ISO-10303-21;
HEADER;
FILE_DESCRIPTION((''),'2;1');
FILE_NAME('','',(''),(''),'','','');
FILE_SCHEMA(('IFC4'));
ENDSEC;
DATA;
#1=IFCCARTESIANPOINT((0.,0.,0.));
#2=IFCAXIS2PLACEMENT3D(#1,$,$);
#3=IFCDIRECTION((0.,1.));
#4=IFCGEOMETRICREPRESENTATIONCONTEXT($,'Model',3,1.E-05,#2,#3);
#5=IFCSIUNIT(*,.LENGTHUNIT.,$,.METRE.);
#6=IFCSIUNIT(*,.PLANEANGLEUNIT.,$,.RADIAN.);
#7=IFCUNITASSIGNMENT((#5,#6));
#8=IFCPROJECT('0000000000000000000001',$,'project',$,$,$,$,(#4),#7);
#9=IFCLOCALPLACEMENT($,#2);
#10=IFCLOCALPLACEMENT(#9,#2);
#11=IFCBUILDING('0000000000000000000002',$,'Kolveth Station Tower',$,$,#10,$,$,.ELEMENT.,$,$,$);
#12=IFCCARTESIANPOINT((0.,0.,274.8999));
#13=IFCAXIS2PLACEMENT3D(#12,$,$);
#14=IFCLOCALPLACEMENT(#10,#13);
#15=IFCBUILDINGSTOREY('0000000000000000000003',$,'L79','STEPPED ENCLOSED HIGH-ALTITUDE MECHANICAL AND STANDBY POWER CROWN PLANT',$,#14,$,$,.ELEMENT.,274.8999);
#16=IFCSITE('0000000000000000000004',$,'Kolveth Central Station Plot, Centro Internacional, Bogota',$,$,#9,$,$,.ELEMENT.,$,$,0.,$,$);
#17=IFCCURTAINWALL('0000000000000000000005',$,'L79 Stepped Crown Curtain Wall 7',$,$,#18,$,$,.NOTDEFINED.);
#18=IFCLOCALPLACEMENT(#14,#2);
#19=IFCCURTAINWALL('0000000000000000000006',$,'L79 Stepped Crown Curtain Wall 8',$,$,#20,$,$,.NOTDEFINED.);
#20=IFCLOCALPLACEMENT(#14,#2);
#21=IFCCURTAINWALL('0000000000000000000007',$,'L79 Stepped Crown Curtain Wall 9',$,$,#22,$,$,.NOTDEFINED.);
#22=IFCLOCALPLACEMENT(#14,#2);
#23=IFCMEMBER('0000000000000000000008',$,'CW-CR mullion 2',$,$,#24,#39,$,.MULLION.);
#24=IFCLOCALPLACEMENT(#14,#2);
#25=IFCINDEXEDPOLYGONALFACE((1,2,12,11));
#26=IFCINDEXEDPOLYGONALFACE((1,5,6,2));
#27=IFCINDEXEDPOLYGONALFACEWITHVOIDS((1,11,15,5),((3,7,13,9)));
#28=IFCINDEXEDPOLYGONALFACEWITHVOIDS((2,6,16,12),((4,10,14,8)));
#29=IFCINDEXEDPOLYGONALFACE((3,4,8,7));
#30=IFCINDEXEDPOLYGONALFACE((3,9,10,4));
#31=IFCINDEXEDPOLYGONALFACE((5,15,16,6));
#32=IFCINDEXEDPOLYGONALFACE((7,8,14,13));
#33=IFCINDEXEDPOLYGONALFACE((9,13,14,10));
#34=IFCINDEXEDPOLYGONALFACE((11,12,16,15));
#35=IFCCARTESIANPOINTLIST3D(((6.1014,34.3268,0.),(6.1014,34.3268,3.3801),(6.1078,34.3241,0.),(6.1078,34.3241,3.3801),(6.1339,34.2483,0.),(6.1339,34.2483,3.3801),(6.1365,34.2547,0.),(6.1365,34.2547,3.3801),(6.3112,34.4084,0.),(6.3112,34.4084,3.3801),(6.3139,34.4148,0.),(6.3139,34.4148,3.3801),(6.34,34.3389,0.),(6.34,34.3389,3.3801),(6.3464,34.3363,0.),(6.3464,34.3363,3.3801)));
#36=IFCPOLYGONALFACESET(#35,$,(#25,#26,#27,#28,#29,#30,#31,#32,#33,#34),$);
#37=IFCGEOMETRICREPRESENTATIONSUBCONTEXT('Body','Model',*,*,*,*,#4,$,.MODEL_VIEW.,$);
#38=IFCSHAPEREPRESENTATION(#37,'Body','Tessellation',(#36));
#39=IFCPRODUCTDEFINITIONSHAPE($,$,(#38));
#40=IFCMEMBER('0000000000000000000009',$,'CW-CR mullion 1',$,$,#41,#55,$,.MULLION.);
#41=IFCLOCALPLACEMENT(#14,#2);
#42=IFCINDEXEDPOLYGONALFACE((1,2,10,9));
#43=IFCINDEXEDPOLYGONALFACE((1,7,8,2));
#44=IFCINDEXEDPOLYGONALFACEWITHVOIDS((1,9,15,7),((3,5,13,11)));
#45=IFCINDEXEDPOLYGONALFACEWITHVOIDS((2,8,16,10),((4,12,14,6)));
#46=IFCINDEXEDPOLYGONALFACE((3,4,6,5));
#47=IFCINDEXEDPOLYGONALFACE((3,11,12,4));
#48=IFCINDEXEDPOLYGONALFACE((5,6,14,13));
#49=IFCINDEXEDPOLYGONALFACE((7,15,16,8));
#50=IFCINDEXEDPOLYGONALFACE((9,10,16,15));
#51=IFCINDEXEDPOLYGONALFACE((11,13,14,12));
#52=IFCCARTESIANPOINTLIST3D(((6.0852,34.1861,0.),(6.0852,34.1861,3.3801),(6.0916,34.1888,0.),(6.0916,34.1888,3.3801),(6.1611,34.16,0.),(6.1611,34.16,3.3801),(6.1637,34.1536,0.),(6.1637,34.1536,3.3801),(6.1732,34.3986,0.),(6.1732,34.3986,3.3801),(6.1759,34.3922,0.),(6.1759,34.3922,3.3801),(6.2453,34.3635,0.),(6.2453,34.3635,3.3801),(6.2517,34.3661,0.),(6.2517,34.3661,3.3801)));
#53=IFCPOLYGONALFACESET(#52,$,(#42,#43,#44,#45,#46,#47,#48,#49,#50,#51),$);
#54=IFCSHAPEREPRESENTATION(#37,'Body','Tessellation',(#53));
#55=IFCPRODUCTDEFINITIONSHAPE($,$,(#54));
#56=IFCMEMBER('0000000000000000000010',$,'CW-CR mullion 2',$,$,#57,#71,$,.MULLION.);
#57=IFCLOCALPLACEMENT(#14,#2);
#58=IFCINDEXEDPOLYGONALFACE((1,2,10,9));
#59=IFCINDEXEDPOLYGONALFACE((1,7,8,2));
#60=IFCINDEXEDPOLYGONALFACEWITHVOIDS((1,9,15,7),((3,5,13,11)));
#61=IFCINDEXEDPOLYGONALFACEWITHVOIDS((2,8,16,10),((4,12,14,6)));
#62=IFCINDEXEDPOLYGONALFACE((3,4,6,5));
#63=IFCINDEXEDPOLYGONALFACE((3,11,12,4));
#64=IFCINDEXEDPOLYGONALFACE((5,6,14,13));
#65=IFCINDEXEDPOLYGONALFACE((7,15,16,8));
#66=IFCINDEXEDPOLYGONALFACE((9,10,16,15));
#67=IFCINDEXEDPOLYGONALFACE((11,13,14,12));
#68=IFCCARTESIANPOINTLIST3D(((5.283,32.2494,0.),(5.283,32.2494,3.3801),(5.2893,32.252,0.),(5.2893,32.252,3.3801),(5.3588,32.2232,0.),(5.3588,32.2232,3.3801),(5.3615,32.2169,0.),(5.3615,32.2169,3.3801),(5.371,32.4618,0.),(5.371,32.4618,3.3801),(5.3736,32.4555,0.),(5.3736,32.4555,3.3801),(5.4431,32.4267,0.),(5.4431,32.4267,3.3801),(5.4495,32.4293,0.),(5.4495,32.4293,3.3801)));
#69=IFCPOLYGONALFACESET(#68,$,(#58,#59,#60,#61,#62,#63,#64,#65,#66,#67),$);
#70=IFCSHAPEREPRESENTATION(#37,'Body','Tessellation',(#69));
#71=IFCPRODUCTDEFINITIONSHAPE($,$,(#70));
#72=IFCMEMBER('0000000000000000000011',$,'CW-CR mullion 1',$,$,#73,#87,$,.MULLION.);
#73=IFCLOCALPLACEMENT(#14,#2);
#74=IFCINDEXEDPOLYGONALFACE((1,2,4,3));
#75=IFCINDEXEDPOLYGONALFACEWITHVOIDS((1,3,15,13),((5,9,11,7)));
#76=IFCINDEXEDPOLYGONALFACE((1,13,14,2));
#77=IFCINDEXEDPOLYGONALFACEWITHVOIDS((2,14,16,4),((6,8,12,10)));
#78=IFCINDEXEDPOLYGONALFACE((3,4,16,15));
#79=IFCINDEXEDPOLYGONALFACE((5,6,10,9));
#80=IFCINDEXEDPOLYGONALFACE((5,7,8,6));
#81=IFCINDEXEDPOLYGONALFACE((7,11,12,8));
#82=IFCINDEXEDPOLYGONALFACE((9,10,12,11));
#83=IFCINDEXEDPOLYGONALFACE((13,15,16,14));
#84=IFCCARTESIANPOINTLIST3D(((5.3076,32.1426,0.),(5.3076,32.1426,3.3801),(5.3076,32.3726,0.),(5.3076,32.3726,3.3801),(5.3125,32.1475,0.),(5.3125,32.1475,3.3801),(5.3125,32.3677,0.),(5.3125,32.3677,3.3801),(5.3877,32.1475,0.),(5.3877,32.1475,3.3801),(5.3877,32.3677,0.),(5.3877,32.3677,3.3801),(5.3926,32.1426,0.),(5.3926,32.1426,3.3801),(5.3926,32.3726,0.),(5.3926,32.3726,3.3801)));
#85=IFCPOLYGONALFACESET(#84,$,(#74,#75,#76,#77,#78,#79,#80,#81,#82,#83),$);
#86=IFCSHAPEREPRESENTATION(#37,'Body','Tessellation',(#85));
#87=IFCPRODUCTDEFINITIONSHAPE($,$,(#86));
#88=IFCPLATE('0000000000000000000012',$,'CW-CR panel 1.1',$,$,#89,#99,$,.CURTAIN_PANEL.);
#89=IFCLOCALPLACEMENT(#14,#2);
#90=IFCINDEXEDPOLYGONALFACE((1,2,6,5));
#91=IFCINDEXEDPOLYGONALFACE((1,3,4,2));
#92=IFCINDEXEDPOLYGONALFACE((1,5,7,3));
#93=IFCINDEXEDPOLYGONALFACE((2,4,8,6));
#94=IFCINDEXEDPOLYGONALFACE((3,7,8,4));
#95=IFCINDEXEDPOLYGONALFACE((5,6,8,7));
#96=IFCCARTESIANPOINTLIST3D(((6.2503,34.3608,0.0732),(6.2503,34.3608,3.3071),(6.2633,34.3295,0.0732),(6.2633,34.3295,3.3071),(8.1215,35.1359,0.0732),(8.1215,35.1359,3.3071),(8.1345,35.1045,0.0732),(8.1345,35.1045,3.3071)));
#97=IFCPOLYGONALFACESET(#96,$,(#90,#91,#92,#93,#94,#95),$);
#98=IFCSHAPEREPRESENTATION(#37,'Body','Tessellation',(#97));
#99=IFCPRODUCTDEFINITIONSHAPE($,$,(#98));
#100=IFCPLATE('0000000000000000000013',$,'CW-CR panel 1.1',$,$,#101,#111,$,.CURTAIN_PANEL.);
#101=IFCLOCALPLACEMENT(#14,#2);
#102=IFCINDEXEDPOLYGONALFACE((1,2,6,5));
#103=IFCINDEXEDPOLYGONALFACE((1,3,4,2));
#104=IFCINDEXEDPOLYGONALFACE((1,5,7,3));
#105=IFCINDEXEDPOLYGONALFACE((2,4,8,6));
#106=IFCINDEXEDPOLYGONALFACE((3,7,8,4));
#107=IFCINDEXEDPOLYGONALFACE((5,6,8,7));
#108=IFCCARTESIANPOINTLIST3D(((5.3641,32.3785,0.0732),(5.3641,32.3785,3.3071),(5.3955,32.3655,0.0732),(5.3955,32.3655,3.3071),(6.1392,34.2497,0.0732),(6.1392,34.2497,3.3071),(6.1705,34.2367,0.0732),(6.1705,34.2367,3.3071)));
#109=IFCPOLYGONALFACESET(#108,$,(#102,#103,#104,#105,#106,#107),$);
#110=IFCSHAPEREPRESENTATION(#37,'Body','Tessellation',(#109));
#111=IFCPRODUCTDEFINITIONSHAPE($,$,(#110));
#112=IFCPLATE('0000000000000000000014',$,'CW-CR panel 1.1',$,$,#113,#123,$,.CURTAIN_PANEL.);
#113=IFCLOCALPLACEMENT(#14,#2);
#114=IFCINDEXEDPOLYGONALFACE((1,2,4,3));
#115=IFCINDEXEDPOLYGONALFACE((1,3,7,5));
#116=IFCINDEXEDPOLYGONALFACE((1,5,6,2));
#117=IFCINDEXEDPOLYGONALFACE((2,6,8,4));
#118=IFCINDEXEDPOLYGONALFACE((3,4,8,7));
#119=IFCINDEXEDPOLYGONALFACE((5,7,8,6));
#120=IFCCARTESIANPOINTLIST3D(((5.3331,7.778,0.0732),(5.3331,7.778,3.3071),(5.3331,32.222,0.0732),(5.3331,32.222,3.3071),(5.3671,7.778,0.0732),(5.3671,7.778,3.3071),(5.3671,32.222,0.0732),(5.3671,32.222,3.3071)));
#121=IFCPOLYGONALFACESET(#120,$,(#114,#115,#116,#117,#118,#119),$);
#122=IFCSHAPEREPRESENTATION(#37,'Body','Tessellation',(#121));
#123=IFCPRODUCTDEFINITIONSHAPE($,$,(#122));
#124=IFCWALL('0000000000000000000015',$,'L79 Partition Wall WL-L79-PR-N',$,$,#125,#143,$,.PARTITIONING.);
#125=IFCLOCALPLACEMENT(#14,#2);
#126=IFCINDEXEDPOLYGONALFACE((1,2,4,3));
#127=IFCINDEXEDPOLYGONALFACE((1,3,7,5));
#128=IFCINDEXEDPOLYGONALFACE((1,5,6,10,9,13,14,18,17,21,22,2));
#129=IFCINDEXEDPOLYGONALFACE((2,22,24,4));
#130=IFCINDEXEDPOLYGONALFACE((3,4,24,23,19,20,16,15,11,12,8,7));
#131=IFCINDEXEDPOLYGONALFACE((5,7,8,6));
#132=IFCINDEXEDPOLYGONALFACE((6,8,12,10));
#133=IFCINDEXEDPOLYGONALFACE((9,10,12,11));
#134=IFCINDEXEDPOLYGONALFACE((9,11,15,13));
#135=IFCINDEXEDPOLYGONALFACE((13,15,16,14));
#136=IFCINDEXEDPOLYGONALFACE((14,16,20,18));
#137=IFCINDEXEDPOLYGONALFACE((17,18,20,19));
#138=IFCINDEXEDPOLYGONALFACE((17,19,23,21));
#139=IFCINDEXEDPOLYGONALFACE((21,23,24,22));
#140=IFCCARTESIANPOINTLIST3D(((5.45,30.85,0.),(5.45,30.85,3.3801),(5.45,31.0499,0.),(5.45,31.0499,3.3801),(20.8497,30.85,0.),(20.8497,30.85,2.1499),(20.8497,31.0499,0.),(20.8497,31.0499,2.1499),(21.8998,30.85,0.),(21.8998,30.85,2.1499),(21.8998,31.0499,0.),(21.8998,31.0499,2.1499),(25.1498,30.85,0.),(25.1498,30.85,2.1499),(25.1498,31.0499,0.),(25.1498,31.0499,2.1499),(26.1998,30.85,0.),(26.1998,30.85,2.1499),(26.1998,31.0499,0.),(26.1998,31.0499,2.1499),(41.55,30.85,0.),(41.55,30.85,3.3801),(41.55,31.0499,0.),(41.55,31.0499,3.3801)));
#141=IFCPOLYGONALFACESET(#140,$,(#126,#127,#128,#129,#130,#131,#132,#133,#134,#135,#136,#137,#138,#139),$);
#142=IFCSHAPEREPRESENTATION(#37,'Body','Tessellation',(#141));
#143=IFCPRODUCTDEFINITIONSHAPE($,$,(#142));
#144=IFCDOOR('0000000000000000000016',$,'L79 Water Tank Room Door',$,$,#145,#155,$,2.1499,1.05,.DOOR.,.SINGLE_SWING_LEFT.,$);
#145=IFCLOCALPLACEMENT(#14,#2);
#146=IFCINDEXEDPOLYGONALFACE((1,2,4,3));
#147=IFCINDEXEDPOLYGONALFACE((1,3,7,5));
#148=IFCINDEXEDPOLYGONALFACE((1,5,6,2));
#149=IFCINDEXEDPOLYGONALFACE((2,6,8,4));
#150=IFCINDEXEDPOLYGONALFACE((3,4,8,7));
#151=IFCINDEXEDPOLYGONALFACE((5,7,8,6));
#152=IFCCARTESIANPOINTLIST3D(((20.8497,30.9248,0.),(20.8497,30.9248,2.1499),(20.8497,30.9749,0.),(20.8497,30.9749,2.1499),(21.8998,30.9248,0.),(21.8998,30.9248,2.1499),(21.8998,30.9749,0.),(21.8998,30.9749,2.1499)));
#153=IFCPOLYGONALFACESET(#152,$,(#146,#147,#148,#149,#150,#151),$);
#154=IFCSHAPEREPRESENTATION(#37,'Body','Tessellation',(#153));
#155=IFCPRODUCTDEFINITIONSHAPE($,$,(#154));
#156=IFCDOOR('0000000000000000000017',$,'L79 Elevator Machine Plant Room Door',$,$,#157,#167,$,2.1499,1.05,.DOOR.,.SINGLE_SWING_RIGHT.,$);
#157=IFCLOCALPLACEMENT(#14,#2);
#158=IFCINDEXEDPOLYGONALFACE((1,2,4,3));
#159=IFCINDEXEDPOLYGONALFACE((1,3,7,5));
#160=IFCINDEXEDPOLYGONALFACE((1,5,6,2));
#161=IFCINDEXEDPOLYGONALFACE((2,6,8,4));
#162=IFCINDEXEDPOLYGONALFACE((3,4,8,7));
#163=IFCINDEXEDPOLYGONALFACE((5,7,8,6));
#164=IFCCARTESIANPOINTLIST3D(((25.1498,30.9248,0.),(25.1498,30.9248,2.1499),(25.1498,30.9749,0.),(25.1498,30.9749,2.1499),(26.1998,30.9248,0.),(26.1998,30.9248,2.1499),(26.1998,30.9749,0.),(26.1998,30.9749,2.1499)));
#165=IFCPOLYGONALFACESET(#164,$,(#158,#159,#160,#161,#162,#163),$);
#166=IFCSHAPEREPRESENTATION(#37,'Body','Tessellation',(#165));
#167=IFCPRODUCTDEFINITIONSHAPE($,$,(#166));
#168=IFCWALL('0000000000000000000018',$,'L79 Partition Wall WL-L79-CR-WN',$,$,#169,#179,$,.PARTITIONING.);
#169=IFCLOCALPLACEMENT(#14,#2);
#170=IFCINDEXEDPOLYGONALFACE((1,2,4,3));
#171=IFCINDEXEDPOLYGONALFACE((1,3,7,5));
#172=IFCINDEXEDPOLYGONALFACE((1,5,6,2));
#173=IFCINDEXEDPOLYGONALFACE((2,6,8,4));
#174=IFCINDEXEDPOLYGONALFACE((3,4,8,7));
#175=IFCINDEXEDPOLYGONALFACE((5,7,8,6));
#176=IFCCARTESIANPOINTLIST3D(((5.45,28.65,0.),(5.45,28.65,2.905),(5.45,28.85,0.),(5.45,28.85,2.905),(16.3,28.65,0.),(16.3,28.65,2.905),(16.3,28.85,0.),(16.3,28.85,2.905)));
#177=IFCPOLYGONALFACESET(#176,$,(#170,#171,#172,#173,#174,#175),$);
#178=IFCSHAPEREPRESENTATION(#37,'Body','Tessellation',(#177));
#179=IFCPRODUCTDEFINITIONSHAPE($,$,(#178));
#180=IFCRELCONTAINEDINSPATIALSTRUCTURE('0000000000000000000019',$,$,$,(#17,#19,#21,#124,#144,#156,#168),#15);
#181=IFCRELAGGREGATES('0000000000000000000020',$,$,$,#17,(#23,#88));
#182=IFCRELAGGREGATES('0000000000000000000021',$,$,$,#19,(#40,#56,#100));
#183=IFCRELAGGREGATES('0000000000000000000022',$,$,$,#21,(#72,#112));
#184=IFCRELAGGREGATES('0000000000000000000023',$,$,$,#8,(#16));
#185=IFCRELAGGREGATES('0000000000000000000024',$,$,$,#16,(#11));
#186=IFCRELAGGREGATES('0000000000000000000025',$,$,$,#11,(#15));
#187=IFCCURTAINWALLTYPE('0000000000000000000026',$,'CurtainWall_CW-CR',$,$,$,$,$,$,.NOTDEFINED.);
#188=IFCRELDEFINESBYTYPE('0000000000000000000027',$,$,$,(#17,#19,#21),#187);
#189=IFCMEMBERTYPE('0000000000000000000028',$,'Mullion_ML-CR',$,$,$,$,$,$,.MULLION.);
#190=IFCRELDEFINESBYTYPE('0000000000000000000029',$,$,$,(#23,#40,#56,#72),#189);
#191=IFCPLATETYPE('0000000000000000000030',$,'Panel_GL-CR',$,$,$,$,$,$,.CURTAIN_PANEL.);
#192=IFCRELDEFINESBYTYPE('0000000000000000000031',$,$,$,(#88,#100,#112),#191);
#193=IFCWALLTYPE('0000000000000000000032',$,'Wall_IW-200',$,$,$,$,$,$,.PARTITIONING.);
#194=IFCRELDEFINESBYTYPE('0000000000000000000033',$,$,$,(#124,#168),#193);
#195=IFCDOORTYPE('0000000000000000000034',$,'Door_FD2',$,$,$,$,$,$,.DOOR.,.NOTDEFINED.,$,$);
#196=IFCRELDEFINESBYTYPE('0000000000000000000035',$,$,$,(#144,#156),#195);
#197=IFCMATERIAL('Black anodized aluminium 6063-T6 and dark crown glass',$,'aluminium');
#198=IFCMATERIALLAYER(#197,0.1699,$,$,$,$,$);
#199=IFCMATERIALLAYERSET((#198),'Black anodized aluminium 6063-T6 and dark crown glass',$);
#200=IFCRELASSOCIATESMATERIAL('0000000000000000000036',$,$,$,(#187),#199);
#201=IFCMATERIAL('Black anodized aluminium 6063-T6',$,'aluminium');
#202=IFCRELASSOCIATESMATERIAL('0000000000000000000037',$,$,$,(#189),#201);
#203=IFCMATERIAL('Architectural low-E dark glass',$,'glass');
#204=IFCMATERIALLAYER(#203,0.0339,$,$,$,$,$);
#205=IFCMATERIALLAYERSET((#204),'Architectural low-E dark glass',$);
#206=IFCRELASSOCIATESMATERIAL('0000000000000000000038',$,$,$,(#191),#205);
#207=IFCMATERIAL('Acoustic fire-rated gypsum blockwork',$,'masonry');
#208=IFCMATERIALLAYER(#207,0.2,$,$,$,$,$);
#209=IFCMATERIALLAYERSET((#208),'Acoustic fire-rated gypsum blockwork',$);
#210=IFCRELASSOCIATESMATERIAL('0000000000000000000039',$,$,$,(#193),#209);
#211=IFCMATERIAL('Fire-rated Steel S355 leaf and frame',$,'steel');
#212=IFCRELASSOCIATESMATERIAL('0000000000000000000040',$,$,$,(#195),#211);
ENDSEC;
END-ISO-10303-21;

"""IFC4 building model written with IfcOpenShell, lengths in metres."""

from ifc_helpers import new_model, si_unit, direction, frame, frame_2d, origin, origin_2d, place, context, subcontext, project, spatial, rectangle, hollow_rectangle, extrude, source, transform, mapped, material, layer, layer_set, material_profile, profile_set, type_object, element, fill, aggregate, save


model = new_model("IFC4")

# Units and contexts
model_context = context("Model", 3, precision=1e-05, world=origin(), true_north=direction((0.0, 1.0)))
body_context = subcontext(model_context, "Body", "Model", "MODEL_VIEW")
ifc_project = project(units=[si_unit("LENGTHUNIT", "METRE"), si_unit("PLANEANGLEUNIT", "RADIAN")], contexts=[model_context])

# Site, building, storey
site_placement = place(None, origin())
site = spatial("IfcSite", under=ifc_project, at=site_placement, Name="Kolveth Central Station Plot, Centro Internacional, Bogota", CompositionType="ELEMENT", RefElevation=0.0)
building_placement = place(site_placement, origin())
building = spatial("IfcBuilding", under=site, at=building_placement, Name="Kolveth Station Tower", CompositionType="ELEMENT")
storey_placement = place(building_placement, frame((0.0, 0.0, 274.8999)))
storey = spatial("IfcBuildingStorey", under=building, at=storey_placement, Name="L79", Description="STEPPED ENCLOSED HIGH-ALTITUDE MECHANICAL AND STANDBY POWER CROWN PLANT", CompositionType="ELEMENT", Elevation=274.8999)

# Curtain walls
ifc_material_1 = material(Name="Black anodized aluminium 6063-T6 and dark crown glass", Category="aluminium")
ifc_layer_1 = layer(ifc_material_1, 0.1699)
ifc_layer_set_1 = layer_set([ifc_layer_1], Name="Black anodized aluminium 6063-T6 and dark crown glass")
curtain_wall_type = type_object("IfcCurtainWallType", Name="CurtainWall_CW-CR", PredefinedType="NOTDEFINED", material=ifc_layer_set_1)
curtain_wall_1_placement = place(storey_placement, origin())
curtain_wall_1 = element("IfcCurtainWall", 1, at=curtain_wall_1_placement, inside=storey, type_object=curtain_wall_type, Name="L79 Stepped Crown Curtain Wall 7", PredefinedType="NOTDEFINED")
ifc_material_2 = material(Name="Black anodized aluminium 6063-T6", Category="aluminium")
curtain_wall_2_placement = place(storey_placement, origin())
curtain_wall_2 = element("IfcCurtainWall", 2, at=curtain_wall_2_placement, inside=storey, type_object=curtain_wall_type, Name="L79 Stepped Crown Curtain Wall 8", PredefinedType="NOTDEFINED")
curtain_wall_3_placement = place(storey_placement, origin())
curtain_wall_3 = element("IfcCurtainWall", 3, at=curtain_wall_3_placement, inside=storey, type_object=curtain_wall_type, Name="L79 Stepped Crown Curtain Wall 9", PredefinedType="NOTDEFINED")

# Shared definitions
ifc_material_profile_1 = material_profile(ifc_material_2, hollow_rectangle(XDim=0.085, YDim=0.23, WallThickness=0.0049, at=origin_2d()), Name="ALU-85x230x5")
ifc_profile_set_1 = profile_set([ifc_material_profile_1], Name="Black anodized aluminium 6063-T6")
member_type_1 = type_object("IfcMemberType", Name="Mullion_ML-CR", PredefinedType="MULLION", material=ifc_profile_set_1)
shared_shape_1 = source(origin(), body_context, "Body", "SweptSolid", [
    extrude(hollow_rectangle(XDim=0.085, YDim=0.23, WallThickness=0.0049, at=origin_2d()), origin(), (0.0, 0.0, 1.0), 3.3801),
])

# Members
member_1_placement = place(storey_placement, frame((6.2239, 34.3315, 0.0), z_axis=(0.0, 0.0, 1.0), x_axis=(0.382658, -0.92389, 0.0)))
member_1 = element("IfcMember", 4, at=member_1_placement, type_object=member_type_1, Name="CW-CR mullion 2", PredefinedType="MULLION", context=body_context, shape_type="MappedRepresentation", body=[
    mapped(shared_shape_1, transform((0.0, 0.0, 0.0), x_axis=(1.0, 0.0, 0.0), y_axis=(0.0, 1.0, 0.0), z_axis=(0.0, 0.0, 1.0), scale=1.0)),
])
member_2_placement = place(storey_placement, frame((6.1685, 34.2761, 0.0), z_axis=(0.0, 0.0, 1.0), x_axis=(0.92389, -0.382658, 0.0)))
member_2 = element("IfcMember", 5, at=member_2_placement, type_object=member_type_1, Name="CW-CR mullion 1", PredefinedType="MULLION", context=body_context, shape_type="MappedRepresentation", body=[
    mapped(shared_shape_1, transform((0.0, 0.0, 0.0), x_axis=(1.0, 0.0, 0.0), y_axis=(0.0, 1.0, 0.0), z_axis=(0.0, 0.0, 1.0), scale=1.0)),
])
member_3_placement = place(storey_placement, frame((5.3662, 32.3394, 0.0), z_axis=(0.0, 0.0, 1.0), x_axis=(0.92389, -0.382658, 0.0)))
member_3 = element("IfcMember", 6, at=member_3_placement, type_object=member_type_1, Name="CW-CR mullion 2", PredefinedType="MULLION", context=body_context, shape_type="MappedRepresentation", body=[
    mapped(shared_shape_1, transform((0.0, 0.0, 0.0), x_axis=(1.0, 0.0, 0.0), y_axis=(0.0, 1.0, 0.0), z_axis=(0.0, 0.0, 1.0), scale=1.0)),
])
member_4_placement = place(storey_placement, frame((5.3501, 32.2576, 0.0), z_axis=(0.0, 0.0, 1.0), x_axis=(1.0, 0.0, 0.0)))
member_4 = element("IfcMember", 7, at=member_4_placement, type_object=member_type_1, Name="CW-CR mullion 1", PredefinedType="MULLION", context=body_context, shape_type="MappedRepresentation", body=[
    mapped(shared_shape_1, transform((0.0, 0.0, 0.0), x_axis=(1.0, 0.0, 0.0), y_axis=(0.0, 1.0, 0.0), z_axis=(0.0, 0.0, 1.0), scale=1.0)),
])

# Plates
ifc_material_3 = material(Name="Architectural low-E dark glass", Category="glass")
ifc_layer_2 = layer(ifc_material_3, 0.0339)
ifc_layer_set_2 = layer_set([ifc_layer_2], Name="Architectural low-E dark glass")
plate_type = type_object("IfcPlateType", Name="Panel_GL-CR", PredefinedType="CURTAIN_PANEL", material=ifc_layer_set_2)
shared_shape_2 = source(origin(), body_context, "Body", "SweptSolid", [
    extrude(rectangle(XDim=2.0254, YDim=0.0339, at=origin_2d()), origin(), (0.0, 0.0, 1.0), 3.2339),
])
plate_1_placement = place(storey_placement, frame((7.1924, 34.7327, 0.0732), z_axis=(0.0, 0.0, 1.0), x_axis=(-0.92389, -0.382658, 0.0)))
plate_1 = element("IfcPlate", 8, at=plate_1_placement, type_object=plate_type, Name="CW-CR panel 1.1", PredefinedType="CURTAIN_PANEL", context=body_context, shape_type="MappedRepresentation", body=[
    mapped(shared_shape_2, transform((0.0, 0.0, 0.0), x_axis=(1.0, 0.0, 0.0), y_axis=(0.0, 1.0, 0.0), z_axis=(0.0, 0.0, 1.0), scale=1.0)),
])
aggregate(curtain_wall_1, [member_1, plate_1])
plate_2_placement = place(storey_placement, frame((5.7673, 33.3076, 0.0732), z_axis=(0.0, 0.0, 1.0), x_axis=(-0.382658, -0.92389, 0.0)))
plate_2 = element("IfcPlate", 9, at=plate_2_placement, type_object=plate_type, Name="CW-CR panel 1.1", PredefinedType="CURTAIN_PANEL", context=body_context, shape_type="MappedRepresentation", body=[
    mapped(shared_shape_2, transform((0.0, 0.0, 0.0), x_axis=(1.0, 0.0, 0.0), y_axis=(0.0, 1.0, 0.0), z_axis=(0.0, 0.0, 1.0), scale=1.0)),
])
aggregate(curtain_wall_2, [member_2, member_3, plate_2])
shared_shape_3 = source(origin(), body_context, "Body", "SweptSolid", [
    extrude(rectangle(XDim=24.4441, YDim=0.0339, at=origin_2d()), origin(), (0.0, 0.0, 1.0), 3.2339),
])
plate_3_placement = place(storey_placement, frame((5.3501, 20.0, 0.0732), z_axis=(0.0, 0.0, 1.0), x_axis=(0.0, -1.0, 0.0)))
plate_3 = element("IfcPlate", 10, at=plate_3_placement, type_object=plate_type, Name="CW-CR panel 1.1", PredefinedType="CURTAIN_PANEL", context=body_context, shape_type="MappedRepresentation", body=[
    mapped(shared_shape_3, transform((0.0, 0.0, 0.0), x_axis=(1.0, 0.0, 0.0), y_axis=(0.0, 1.0, 0.0), z_axis=(0.0, 0.0, 1.0), scale=1.0)),
])
aggregate(curtain_wall_3, [member_4, plate_3])

# Wall, openings, doors
ifc_material_4 = material(Name="Acoustic fire-rated gypsum blockwork", Category="masonry")
ifc_layer_3 = layer(ifc_material_4, 0.2)
ifc_layer_set_3 = layer_set([ifc_layer_3], Name="Acoustic fire-rated gypsum blockwork")
wall_type = type_object("IfcWallType", Name="Wall_IW-200", PredefinedType="PARTITIONING", material=ifc_layer_set_3)
wall_1_placement = place(storey_placement, frame((5.45, 30.95, 0.0), z_axis=(0.0, 0.0, 1.0), x_axis=(1.0, 0.0, 0.0)))
wall_1 = element("IfcWall", 11, at=wall_1_placement, inside=storey, type_object=wall_type, Name="L79 Partition Wall WL-L79-PR-N", PredefinedType="PARTITIONING", context=body_context, shape_type="SweptSolid", body=[
    extrude(rectangle(XDim=36.1001, YDim=0.2, at=frame_2d((18.05, 0.0))), origin(), (0.0, 0.0, 1.0), 3.3801),
])
opening_1_placement = place(wall_1_placement, frame((15.3999, 0.0, 0.0)))
opening_1 = element("IfcOpeningElement", 12, at=opening_1_placement, cuts=wall_1, PredefinedType="OPENING", context=body_context, shape_type="SweptSolid", body=[
    extrude(rectangle(XDim=1.05, YDim=2.1499, at=frame_2d((0.5249, 1.075))), frame((0.0, 0.1099, 0.0), z_axis=(0.0, -1.0, 0.0), x_axis=(1.0, 0.0, 0.0)), (0.0, 0.0, 1.0), 0.22),
])
opening_2_placement = place(wall_1_placement, frame((19.7, 0.0, 0.0)))
opening_2 = element("IfcOpeningElement", 13, at=opening_2_placement, cuts=wall_1, PredefinedType="OPENING", context=body_context, shape_type="SweptSolid", body=[
    extrude(rectangle(XDim=1.05, YDim=2.1499, at=frame_2d((0.5249, 1.075))), frame((0.0, 0.1099, 0.0), z_axis=(0.0, -1.0, 0.0), x_axis=(1.0, 0.0, 0.0)), (0.0, 0.0, 1.0), 0.22),
])
ifc_material_5 = material(Name="Fire-rated Steel S355 leaf and frame", Category="steel")
door_type = type_object("IfcDoorType", Name="Door_FD2", OperationType="NOTDEFINED", PredefinedType="DOOR", material=ifc_material_5)
door_1_placement = place(opening_1_placement, origin())
door_1 = element("IfcDoor", 14, at=door_1_placement, inside=storey, type_object=door_type, Name="L79 Water Tank Room Door", OperationType="SINGLE_SWING_LEFT", OverallHeight=2.1499, OverallWidth=1.05, PredefinedType="DOOR", context=body_context, shape_type="SweptSolid", body=[
    extrude(rectangle(XDim=1.05, YDim=2.1499, at=frame_2d((0.5249, 1.075))), frame((0.0, 0.0249, 0.0), z_axis=(0.0, -1.0, 0.0), x_axis=(1.0, 0.0, 0.0)), (0.0, 0.0, 1.0), 0.05),
])
fill(opening_1, door_1)
door_2_placement = place(opening_2_placement, origin())
door_2 = element("IfcDoor", 15, at=door_2_placement, inside=storey, type_object=door_type, Name="L79 Elevator Machine Plant Room Door", OperationType="SINGLE_SWING_RIGHT", OverallHeight=2.1499, OverallWidth=1.05, PredefinedType="DOOR", context=body_context, shape_type="SweptSolid", body=[
    extrude(rectangle(XDim=1.05, YDim=2.1499, at=frame_2d((0.5249, 1.075))), frame((0.0, 0.0249, 0.0), z_axis=(0.0, -1.0, 0.0), x_axis=(1.0, 0.0, 0.0)), (0.0, 0.0, 1.0), 0.05),
])
fill(opening_2, door_2)

# Wall
wall_2_placement = place(storey_placement, frame((5.45, 28.75, 0.0), z_axis=(0.0, 0.0, 1.0), x_axis=(1.0, 0.0, 0.0)))
element("IfcWall", 16, at=wall_2_placement, inside=storey, type_object=wall_type, Name="L79 Partition Wall WL-L79-CR-WN", PredefinedType="PARTITIONING", context=body_context, shape_type="SweptSolid", body=[
    extrude(rectangle(XDim=10.8501, YDim=0.2, at=frame_2d((5.425, 0.0))), origin(), (0.0, 0.0, 1.0), 2.905),
])

save(model, "model.ifc")
